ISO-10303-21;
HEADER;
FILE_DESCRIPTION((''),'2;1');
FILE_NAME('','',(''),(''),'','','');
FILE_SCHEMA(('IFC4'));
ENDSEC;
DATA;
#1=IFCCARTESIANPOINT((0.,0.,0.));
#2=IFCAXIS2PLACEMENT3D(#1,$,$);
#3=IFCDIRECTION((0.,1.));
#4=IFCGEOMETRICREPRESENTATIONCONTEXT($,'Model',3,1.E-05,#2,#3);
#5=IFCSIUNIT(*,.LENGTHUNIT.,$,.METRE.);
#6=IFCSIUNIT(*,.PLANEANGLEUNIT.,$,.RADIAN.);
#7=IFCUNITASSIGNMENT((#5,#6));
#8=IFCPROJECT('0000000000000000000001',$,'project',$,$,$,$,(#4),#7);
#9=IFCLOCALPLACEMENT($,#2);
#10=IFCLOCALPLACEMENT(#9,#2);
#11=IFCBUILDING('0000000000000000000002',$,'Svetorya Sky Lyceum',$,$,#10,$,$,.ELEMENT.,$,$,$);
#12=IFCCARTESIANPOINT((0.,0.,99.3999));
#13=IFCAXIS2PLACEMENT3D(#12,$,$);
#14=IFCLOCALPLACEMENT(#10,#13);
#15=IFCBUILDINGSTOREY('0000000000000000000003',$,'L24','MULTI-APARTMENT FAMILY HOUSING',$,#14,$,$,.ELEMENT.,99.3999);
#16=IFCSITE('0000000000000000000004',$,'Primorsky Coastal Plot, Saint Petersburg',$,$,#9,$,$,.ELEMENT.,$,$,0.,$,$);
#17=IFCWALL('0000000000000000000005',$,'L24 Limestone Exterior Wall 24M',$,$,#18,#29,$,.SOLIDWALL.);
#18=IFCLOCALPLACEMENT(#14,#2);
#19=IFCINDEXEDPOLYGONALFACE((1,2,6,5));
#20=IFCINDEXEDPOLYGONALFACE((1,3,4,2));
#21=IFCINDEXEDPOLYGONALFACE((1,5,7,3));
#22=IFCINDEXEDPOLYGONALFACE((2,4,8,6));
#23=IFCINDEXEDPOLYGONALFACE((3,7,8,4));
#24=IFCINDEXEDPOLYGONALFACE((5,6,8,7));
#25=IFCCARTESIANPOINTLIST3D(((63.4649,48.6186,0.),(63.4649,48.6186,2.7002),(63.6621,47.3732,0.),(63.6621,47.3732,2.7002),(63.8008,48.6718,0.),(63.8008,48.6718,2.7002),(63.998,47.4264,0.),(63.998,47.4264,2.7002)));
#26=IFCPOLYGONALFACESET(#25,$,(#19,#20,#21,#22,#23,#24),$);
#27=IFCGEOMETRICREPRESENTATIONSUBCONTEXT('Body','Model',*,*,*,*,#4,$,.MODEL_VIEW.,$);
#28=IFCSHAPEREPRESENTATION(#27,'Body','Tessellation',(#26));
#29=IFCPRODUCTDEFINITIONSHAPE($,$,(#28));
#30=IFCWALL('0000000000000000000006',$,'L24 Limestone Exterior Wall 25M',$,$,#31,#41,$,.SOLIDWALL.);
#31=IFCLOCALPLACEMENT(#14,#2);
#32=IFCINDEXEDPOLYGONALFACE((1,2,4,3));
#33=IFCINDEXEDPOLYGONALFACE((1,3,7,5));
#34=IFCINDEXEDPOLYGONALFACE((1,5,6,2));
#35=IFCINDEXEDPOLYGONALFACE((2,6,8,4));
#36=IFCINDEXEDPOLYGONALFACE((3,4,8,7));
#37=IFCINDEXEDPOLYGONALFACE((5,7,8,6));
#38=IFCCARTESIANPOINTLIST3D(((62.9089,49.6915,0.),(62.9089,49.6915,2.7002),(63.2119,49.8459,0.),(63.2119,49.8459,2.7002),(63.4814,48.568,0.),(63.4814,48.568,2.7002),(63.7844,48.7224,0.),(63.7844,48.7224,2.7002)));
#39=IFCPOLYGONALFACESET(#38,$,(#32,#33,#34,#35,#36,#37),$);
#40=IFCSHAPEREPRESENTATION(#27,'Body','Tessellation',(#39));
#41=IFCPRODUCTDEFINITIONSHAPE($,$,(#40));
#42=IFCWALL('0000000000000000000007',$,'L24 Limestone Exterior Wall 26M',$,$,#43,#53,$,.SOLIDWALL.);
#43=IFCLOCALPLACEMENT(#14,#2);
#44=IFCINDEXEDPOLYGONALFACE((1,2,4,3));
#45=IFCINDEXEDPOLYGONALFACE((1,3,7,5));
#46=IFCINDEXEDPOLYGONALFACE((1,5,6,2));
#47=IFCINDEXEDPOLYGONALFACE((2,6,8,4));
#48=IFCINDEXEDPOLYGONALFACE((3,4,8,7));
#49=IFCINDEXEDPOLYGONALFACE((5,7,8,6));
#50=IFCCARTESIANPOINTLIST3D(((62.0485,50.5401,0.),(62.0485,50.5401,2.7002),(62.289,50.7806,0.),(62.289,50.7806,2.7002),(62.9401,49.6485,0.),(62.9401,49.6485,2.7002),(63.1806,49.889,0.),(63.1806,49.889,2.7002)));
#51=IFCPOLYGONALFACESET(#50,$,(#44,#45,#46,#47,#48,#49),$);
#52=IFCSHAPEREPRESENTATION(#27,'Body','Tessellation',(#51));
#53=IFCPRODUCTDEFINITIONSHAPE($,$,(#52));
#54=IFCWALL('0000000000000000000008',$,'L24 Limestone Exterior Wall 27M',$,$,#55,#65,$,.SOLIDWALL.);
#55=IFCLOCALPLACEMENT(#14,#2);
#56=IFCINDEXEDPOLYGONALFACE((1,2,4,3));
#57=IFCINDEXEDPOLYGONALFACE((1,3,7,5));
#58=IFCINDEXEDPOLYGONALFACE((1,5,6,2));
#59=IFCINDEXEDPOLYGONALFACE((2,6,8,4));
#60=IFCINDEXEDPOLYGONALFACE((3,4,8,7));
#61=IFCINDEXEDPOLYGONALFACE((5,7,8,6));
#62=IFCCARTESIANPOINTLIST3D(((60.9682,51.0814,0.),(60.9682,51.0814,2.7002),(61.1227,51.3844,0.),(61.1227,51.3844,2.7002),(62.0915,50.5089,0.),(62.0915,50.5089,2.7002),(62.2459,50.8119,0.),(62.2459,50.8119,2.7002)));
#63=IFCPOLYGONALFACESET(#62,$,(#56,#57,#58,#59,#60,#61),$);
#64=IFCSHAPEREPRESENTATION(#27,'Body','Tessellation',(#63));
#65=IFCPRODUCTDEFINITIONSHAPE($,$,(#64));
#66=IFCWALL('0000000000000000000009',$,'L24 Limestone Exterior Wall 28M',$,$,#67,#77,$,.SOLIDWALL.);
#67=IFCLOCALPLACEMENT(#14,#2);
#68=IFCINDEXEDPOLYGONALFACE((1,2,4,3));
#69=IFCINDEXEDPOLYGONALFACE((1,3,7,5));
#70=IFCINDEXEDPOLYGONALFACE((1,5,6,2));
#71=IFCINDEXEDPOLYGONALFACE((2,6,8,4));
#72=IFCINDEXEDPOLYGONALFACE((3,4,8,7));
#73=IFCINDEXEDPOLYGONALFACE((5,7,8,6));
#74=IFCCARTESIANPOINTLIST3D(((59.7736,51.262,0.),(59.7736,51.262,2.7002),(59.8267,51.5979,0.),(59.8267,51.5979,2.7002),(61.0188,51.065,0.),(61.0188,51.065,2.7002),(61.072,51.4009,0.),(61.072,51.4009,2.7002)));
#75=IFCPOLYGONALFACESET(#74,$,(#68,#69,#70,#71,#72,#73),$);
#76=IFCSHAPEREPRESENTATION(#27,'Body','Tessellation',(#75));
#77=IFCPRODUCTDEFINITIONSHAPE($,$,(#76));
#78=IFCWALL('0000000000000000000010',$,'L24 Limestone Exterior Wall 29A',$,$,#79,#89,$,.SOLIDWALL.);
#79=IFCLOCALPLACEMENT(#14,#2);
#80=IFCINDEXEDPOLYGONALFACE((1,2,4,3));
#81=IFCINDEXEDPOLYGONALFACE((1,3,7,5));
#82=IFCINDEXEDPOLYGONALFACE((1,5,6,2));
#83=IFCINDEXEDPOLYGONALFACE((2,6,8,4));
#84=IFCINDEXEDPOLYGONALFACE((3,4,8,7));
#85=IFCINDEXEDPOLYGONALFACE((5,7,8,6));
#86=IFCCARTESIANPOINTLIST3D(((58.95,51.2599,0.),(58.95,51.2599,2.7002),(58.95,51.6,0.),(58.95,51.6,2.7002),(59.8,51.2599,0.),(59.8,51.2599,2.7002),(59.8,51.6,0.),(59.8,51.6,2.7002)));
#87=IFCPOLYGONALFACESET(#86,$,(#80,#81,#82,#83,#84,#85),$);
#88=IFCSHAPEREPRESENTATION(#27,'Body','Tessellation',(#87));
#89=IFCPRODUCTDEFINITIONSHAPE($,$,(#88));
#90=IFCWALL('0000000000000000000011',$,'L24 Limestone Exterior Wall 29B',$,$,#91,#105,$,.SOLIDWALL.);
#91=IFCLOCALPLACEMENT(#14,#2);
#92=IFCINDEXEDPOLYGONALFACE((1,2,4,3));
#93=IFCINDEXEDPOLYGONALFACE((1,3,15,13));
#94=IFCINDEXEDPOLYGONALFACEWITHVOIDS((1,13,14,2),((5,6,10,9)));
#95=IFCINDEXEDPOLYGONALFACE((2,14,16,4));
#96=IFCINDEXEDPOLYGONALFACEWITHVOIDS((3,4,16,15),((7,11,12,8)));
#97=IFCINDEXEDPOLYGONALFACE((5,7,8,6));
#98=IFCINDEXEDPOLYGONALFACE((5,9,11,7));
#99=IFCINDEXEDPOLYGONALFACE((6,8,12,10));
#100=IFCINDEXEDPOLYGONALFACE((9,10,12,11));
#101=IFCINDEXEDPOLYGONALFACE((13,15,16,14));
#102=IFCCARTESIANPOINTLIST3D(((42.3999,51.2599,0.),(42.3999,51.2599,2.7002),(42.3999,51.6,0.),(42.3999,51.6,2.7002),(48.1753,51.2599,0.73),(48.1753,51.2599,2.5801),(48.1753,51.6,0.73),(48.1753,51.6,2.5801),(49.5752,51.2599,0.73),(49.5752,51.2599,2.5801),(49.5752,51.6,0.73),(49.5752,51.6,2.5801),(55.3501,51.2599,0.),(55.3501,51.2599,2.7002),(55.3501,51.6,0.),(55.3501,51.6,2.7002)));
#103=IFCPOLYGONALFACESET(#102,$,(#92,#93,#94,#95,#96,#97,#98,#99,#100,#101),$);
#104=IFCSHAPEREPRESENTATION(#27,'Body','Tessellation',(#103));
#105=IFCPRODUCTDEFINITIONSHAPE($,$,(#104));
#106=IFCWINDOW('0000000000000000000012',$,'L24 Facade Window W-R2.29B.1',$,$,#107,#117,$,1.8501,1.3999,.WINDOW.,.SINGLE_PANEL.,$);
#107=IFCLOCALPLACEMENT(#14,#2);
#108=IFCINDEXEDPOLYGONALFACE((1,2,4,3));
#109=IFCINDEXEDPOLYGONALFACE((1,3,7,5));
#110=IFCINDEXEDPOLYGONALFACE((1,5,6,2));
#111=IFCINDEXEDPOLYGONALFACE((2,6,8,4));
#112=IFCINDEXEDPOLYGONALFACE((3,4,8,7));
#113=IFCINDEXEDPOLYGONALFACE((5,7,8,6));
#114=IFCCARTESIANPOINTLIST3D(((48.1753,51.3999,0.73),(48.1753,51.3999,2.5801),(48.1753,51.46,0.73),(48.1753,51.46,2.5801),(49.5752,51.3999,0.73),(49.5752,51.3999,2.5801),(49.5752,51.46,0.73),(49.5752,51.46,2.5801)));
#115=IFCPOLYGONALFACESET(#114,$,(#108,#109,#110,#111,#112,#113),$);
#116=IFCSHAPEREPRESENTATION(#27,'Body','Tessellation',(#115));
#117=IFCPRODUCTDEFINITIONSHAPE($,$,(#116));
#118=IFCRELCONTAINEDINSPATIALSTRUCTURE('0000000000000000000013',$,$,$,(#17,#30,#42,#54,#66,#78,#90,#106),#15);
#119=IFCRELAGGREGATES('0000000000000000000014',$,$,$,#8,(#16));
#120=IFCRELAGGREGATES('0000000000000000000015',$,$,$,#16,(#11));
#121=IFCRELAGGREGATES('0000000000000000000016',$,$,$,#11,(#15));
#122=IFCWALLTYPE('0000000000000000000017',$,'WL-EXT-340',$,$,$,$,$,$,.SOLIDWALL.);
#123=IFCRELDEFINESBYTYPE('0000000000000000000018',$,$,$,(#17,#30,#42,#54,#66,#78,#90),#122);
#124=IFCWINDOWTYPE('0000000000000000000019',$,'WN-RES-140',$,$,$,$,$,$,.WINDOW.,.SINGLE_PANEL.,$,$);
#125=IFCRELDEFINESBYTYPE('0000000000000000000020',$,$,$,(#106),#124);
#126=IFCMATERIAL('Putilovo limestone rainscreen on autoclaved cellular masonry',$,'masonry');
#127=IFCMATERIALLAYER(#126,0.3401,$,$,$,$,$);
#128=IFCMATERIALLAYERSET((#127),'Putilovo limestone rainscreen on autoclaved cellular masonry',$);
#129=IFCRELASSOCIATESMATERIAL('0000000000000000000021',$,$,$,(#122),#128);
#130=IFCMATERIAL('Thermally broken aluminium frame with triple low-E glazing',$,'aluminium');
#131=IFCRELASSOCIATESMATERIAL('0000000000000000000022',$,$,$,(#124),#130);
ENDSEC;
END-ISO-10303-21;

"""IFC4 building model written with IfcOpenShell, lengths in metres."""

from ifc_helpers import new_model, si_unit, direction, frame, frame_2d, origin, place, context, subcontext, project, spatial, rectangle, extrude, material, layer, layer_set, type_object, element, fill, save


model = new_model("IFC4")

# Units and contexts
model_context = context("Model", 3, precision=1e-05, world=origin(), true_north=direction((0.0, 1.0)))
body_context = subcontext(model_context, "Body", "Model", "MODEL_VIEW")
ifc_project = project(units=[si_unit("LENGTHUNIT", "METRE"), si_unit("PLANEANGLEUNIT", "RADIAN")], contexts=[model_context])

# Site, building, storey
site_placement = place(None, origin())
site = spatial("IfcSite", under=ifc_project, at=site_placement, Name="Primorsky Coastal Plot, Saint Petersburg", CompositionType="ELEMENT", RefElevation=0.0)
building_placement = place(site_placement, origin())
building = spatial("IfcBuilding", under=site, at=building_placement, Name="Svetorya Sky Lyceum", CompositionType="ELEMENT")
storey_placement = place(building_placement, frame((0.0, 0.0, 99.3999)))
storey = spatial("IfcBuildingStorey", under=building, at=storey_placement, Name="L24", Description="MULTI-APARTMENT FAMILY HOUSING", CompositionType="ELEMENT", Elevation=99.3999)

# Walls
ifc_material_1 = material(Name="Putilovo limestone rainscreen on autoclaved cellular masonry", Category="masonry")
ifc_layer_1 = layer(ifc_material_1, 0.3401)
ifc_layer_set_1 = layer_set([ifc_layer_1], Name="Putilovo limestone rainscreen on autoclaved cellular masonry")
wall_type = type_object("IfcWallType", Name="WL-EXT-340", PredefinedType="SOLIDWALL", material=ifc_layer_set_1)
for number, where, z_axis, x_axis, name in (
    (1, (63.8301, 47.3999, 0.0), (0.0, 0.0, 1.0), (-0.15645, 0.987686, 0.0), "L24 Limestone Exterior Wall 24M"),
    (2, (63.6328, 48.6453, 0.0), (0.0, 0.0, 1.0), (-0.454016, 0.890994, 0.0), "L24 Limestone Exterior Wall 25M"),
    (3, (63.0603, 49.7688, 0.0), (0.0, 0.0, 1.0), (-0.707107, 0.707107, 0.0), "L24 Limestone Exterior Wall 26M"),
):
    element("IfcWall", number, at=place(storey_placement, frame(where, z_axis=z_axis, x_axis=x_axis)), inside=storey, type_object=wall_type, Name=name, PredefinedType="SOLIDWALL", context=body_context, shape_type="SweptSolid", body=[
        extrude(rectangle(XDim=1.261, YDim=0.3401, at=frame_2d((0.6304, 0.0))), origin(), (0.0, 0.0, 1.0), 2.7002),
    ])
for number, where, z_axis, x_axis, name in (
    (4, (62.1687, 50.6604, 0.0), (0.0, 0.0, 1.0), (-0.890954, 0.454094, 0.0), "L24 Limestone Exterior Wall 27M"),
    (5, (61.0454, 51.2329, 0.0), (0.0, 0.0, 1.0), (-0.987716, 0.156261, 0.0), "L24 Limestone Exterior Wall 28M"),
):
    element("IfcWall", number, at=place(storey_placement, frame(where, z_axis=z_axis, x_axis=x_axis)), inside=storey, type_object=wall_type, Name=name, PredefinedType="SOLIDWALL", context=body_context, shape_type="SweptSolid", body=[
        extrude(rectangle(XDim=1.2607, YDim=0.3401, at=frame_2d((0.6304, 0.0))), origin(), (0.0, 0.0, 1.0), 2.7002),
    ])
wall_1_placement = place(storey_placement, frame((59.8, 51.4299, 0.0), z_axis=(0.0, 0.0, 1.0), x_axis=(-1.0, 0.0, 0.0)))
element("IfcWall", 6, at=wall_1_placement, inside=storey, type_object=wall_type, Name="L24 Limestone Exterior Wall 29A", PredefinedType="SOLIDWALL", context=body_context, shape_type="SweptSolid", body=[
    extrude(rectangle(XDim=0.8501, YDim=0.3401, at=frame_2d((0.425, 0.0))), origin(), (0.0, 0.0, 1.0), 2.7002),
])

# Wall, opening, window
wall_2_placement = place(storey_placement, frame((55.3501, 51.4299, 0.0), z_axis=(0.0, 0.0, 1.0), x_axis=(-1.0, 0.0, 0.0)))
wall_2 = element("IfcWall", 7, at=wall_2_placement, inside=storey, type_object=wall_type, Name="L24 Limestone Exterior Wall 29B", PredefinedType="SOLIDWALL", context=body_context, shape_type="SweptSolid", body=[
    extrude(rectangle(XDim=12.9502, YDim=0.3401, at=frame_2d((6.4751, 0.0))), origin(), (0.0, 0.0, 1.0), 2.7002),
])
opening_placement = place(wall_2_placement, frame((5.7749, 0.0, 0.73)))
opening = element("IfcOpeningElement", 8, at=opening_placement, cuts=wall_2, PredefinedType="OPENING", context=body_context, shape_type="SweptSolid", body=[
    extrude(rectangle(XDim=1.3999, YDim=1.8501, at=frame_2d((0.7, 0.925))), frame((0.0, 0.1799, 0.0), z_axis=(0.0, -1.0, 0.0), x_axis=(1.0, 0.0, 0.0)), (0.0, 0.0, 1.0), 0.3601),
])
ifc_material_2 = material(Name="Thermally broken aluminium frame with triple low-E glazing", Category="aluminium")
window_type = type_object("IfcWindowType", Name="WN-RES-140", PartitioningType="SINGLE_PANEL", PredefinedType="WINDOW", material=ifc_material_2)
window_placement = place(opening_placement, origin())
window = element("IfcWindow", 9, at=window_placement, inside=storey, type_object=window_type, Name="L24 Facade Window W-R2.29B.1", OverallHeight=1.8501, OverallWidth=1.3999, PartitioningType="SINGLE_PANEL", PredefinedType="WINDOW", context=body_context, shape_type="SweptSolid", body=[
    extrude(rectangle(XDim=1.3999, YDim=1.8501, at=frame_2d((0.7, 0.925))), frame((0.0, 0.03, 0.0), z_axis=(0.0, -1.0, 0.0), x_axis=(1.0, 0.0, 0.0)), (0.0, 0.0, 1.0), 0.0601),
])
fill(opening, window)

save(model, "model.ifc")
